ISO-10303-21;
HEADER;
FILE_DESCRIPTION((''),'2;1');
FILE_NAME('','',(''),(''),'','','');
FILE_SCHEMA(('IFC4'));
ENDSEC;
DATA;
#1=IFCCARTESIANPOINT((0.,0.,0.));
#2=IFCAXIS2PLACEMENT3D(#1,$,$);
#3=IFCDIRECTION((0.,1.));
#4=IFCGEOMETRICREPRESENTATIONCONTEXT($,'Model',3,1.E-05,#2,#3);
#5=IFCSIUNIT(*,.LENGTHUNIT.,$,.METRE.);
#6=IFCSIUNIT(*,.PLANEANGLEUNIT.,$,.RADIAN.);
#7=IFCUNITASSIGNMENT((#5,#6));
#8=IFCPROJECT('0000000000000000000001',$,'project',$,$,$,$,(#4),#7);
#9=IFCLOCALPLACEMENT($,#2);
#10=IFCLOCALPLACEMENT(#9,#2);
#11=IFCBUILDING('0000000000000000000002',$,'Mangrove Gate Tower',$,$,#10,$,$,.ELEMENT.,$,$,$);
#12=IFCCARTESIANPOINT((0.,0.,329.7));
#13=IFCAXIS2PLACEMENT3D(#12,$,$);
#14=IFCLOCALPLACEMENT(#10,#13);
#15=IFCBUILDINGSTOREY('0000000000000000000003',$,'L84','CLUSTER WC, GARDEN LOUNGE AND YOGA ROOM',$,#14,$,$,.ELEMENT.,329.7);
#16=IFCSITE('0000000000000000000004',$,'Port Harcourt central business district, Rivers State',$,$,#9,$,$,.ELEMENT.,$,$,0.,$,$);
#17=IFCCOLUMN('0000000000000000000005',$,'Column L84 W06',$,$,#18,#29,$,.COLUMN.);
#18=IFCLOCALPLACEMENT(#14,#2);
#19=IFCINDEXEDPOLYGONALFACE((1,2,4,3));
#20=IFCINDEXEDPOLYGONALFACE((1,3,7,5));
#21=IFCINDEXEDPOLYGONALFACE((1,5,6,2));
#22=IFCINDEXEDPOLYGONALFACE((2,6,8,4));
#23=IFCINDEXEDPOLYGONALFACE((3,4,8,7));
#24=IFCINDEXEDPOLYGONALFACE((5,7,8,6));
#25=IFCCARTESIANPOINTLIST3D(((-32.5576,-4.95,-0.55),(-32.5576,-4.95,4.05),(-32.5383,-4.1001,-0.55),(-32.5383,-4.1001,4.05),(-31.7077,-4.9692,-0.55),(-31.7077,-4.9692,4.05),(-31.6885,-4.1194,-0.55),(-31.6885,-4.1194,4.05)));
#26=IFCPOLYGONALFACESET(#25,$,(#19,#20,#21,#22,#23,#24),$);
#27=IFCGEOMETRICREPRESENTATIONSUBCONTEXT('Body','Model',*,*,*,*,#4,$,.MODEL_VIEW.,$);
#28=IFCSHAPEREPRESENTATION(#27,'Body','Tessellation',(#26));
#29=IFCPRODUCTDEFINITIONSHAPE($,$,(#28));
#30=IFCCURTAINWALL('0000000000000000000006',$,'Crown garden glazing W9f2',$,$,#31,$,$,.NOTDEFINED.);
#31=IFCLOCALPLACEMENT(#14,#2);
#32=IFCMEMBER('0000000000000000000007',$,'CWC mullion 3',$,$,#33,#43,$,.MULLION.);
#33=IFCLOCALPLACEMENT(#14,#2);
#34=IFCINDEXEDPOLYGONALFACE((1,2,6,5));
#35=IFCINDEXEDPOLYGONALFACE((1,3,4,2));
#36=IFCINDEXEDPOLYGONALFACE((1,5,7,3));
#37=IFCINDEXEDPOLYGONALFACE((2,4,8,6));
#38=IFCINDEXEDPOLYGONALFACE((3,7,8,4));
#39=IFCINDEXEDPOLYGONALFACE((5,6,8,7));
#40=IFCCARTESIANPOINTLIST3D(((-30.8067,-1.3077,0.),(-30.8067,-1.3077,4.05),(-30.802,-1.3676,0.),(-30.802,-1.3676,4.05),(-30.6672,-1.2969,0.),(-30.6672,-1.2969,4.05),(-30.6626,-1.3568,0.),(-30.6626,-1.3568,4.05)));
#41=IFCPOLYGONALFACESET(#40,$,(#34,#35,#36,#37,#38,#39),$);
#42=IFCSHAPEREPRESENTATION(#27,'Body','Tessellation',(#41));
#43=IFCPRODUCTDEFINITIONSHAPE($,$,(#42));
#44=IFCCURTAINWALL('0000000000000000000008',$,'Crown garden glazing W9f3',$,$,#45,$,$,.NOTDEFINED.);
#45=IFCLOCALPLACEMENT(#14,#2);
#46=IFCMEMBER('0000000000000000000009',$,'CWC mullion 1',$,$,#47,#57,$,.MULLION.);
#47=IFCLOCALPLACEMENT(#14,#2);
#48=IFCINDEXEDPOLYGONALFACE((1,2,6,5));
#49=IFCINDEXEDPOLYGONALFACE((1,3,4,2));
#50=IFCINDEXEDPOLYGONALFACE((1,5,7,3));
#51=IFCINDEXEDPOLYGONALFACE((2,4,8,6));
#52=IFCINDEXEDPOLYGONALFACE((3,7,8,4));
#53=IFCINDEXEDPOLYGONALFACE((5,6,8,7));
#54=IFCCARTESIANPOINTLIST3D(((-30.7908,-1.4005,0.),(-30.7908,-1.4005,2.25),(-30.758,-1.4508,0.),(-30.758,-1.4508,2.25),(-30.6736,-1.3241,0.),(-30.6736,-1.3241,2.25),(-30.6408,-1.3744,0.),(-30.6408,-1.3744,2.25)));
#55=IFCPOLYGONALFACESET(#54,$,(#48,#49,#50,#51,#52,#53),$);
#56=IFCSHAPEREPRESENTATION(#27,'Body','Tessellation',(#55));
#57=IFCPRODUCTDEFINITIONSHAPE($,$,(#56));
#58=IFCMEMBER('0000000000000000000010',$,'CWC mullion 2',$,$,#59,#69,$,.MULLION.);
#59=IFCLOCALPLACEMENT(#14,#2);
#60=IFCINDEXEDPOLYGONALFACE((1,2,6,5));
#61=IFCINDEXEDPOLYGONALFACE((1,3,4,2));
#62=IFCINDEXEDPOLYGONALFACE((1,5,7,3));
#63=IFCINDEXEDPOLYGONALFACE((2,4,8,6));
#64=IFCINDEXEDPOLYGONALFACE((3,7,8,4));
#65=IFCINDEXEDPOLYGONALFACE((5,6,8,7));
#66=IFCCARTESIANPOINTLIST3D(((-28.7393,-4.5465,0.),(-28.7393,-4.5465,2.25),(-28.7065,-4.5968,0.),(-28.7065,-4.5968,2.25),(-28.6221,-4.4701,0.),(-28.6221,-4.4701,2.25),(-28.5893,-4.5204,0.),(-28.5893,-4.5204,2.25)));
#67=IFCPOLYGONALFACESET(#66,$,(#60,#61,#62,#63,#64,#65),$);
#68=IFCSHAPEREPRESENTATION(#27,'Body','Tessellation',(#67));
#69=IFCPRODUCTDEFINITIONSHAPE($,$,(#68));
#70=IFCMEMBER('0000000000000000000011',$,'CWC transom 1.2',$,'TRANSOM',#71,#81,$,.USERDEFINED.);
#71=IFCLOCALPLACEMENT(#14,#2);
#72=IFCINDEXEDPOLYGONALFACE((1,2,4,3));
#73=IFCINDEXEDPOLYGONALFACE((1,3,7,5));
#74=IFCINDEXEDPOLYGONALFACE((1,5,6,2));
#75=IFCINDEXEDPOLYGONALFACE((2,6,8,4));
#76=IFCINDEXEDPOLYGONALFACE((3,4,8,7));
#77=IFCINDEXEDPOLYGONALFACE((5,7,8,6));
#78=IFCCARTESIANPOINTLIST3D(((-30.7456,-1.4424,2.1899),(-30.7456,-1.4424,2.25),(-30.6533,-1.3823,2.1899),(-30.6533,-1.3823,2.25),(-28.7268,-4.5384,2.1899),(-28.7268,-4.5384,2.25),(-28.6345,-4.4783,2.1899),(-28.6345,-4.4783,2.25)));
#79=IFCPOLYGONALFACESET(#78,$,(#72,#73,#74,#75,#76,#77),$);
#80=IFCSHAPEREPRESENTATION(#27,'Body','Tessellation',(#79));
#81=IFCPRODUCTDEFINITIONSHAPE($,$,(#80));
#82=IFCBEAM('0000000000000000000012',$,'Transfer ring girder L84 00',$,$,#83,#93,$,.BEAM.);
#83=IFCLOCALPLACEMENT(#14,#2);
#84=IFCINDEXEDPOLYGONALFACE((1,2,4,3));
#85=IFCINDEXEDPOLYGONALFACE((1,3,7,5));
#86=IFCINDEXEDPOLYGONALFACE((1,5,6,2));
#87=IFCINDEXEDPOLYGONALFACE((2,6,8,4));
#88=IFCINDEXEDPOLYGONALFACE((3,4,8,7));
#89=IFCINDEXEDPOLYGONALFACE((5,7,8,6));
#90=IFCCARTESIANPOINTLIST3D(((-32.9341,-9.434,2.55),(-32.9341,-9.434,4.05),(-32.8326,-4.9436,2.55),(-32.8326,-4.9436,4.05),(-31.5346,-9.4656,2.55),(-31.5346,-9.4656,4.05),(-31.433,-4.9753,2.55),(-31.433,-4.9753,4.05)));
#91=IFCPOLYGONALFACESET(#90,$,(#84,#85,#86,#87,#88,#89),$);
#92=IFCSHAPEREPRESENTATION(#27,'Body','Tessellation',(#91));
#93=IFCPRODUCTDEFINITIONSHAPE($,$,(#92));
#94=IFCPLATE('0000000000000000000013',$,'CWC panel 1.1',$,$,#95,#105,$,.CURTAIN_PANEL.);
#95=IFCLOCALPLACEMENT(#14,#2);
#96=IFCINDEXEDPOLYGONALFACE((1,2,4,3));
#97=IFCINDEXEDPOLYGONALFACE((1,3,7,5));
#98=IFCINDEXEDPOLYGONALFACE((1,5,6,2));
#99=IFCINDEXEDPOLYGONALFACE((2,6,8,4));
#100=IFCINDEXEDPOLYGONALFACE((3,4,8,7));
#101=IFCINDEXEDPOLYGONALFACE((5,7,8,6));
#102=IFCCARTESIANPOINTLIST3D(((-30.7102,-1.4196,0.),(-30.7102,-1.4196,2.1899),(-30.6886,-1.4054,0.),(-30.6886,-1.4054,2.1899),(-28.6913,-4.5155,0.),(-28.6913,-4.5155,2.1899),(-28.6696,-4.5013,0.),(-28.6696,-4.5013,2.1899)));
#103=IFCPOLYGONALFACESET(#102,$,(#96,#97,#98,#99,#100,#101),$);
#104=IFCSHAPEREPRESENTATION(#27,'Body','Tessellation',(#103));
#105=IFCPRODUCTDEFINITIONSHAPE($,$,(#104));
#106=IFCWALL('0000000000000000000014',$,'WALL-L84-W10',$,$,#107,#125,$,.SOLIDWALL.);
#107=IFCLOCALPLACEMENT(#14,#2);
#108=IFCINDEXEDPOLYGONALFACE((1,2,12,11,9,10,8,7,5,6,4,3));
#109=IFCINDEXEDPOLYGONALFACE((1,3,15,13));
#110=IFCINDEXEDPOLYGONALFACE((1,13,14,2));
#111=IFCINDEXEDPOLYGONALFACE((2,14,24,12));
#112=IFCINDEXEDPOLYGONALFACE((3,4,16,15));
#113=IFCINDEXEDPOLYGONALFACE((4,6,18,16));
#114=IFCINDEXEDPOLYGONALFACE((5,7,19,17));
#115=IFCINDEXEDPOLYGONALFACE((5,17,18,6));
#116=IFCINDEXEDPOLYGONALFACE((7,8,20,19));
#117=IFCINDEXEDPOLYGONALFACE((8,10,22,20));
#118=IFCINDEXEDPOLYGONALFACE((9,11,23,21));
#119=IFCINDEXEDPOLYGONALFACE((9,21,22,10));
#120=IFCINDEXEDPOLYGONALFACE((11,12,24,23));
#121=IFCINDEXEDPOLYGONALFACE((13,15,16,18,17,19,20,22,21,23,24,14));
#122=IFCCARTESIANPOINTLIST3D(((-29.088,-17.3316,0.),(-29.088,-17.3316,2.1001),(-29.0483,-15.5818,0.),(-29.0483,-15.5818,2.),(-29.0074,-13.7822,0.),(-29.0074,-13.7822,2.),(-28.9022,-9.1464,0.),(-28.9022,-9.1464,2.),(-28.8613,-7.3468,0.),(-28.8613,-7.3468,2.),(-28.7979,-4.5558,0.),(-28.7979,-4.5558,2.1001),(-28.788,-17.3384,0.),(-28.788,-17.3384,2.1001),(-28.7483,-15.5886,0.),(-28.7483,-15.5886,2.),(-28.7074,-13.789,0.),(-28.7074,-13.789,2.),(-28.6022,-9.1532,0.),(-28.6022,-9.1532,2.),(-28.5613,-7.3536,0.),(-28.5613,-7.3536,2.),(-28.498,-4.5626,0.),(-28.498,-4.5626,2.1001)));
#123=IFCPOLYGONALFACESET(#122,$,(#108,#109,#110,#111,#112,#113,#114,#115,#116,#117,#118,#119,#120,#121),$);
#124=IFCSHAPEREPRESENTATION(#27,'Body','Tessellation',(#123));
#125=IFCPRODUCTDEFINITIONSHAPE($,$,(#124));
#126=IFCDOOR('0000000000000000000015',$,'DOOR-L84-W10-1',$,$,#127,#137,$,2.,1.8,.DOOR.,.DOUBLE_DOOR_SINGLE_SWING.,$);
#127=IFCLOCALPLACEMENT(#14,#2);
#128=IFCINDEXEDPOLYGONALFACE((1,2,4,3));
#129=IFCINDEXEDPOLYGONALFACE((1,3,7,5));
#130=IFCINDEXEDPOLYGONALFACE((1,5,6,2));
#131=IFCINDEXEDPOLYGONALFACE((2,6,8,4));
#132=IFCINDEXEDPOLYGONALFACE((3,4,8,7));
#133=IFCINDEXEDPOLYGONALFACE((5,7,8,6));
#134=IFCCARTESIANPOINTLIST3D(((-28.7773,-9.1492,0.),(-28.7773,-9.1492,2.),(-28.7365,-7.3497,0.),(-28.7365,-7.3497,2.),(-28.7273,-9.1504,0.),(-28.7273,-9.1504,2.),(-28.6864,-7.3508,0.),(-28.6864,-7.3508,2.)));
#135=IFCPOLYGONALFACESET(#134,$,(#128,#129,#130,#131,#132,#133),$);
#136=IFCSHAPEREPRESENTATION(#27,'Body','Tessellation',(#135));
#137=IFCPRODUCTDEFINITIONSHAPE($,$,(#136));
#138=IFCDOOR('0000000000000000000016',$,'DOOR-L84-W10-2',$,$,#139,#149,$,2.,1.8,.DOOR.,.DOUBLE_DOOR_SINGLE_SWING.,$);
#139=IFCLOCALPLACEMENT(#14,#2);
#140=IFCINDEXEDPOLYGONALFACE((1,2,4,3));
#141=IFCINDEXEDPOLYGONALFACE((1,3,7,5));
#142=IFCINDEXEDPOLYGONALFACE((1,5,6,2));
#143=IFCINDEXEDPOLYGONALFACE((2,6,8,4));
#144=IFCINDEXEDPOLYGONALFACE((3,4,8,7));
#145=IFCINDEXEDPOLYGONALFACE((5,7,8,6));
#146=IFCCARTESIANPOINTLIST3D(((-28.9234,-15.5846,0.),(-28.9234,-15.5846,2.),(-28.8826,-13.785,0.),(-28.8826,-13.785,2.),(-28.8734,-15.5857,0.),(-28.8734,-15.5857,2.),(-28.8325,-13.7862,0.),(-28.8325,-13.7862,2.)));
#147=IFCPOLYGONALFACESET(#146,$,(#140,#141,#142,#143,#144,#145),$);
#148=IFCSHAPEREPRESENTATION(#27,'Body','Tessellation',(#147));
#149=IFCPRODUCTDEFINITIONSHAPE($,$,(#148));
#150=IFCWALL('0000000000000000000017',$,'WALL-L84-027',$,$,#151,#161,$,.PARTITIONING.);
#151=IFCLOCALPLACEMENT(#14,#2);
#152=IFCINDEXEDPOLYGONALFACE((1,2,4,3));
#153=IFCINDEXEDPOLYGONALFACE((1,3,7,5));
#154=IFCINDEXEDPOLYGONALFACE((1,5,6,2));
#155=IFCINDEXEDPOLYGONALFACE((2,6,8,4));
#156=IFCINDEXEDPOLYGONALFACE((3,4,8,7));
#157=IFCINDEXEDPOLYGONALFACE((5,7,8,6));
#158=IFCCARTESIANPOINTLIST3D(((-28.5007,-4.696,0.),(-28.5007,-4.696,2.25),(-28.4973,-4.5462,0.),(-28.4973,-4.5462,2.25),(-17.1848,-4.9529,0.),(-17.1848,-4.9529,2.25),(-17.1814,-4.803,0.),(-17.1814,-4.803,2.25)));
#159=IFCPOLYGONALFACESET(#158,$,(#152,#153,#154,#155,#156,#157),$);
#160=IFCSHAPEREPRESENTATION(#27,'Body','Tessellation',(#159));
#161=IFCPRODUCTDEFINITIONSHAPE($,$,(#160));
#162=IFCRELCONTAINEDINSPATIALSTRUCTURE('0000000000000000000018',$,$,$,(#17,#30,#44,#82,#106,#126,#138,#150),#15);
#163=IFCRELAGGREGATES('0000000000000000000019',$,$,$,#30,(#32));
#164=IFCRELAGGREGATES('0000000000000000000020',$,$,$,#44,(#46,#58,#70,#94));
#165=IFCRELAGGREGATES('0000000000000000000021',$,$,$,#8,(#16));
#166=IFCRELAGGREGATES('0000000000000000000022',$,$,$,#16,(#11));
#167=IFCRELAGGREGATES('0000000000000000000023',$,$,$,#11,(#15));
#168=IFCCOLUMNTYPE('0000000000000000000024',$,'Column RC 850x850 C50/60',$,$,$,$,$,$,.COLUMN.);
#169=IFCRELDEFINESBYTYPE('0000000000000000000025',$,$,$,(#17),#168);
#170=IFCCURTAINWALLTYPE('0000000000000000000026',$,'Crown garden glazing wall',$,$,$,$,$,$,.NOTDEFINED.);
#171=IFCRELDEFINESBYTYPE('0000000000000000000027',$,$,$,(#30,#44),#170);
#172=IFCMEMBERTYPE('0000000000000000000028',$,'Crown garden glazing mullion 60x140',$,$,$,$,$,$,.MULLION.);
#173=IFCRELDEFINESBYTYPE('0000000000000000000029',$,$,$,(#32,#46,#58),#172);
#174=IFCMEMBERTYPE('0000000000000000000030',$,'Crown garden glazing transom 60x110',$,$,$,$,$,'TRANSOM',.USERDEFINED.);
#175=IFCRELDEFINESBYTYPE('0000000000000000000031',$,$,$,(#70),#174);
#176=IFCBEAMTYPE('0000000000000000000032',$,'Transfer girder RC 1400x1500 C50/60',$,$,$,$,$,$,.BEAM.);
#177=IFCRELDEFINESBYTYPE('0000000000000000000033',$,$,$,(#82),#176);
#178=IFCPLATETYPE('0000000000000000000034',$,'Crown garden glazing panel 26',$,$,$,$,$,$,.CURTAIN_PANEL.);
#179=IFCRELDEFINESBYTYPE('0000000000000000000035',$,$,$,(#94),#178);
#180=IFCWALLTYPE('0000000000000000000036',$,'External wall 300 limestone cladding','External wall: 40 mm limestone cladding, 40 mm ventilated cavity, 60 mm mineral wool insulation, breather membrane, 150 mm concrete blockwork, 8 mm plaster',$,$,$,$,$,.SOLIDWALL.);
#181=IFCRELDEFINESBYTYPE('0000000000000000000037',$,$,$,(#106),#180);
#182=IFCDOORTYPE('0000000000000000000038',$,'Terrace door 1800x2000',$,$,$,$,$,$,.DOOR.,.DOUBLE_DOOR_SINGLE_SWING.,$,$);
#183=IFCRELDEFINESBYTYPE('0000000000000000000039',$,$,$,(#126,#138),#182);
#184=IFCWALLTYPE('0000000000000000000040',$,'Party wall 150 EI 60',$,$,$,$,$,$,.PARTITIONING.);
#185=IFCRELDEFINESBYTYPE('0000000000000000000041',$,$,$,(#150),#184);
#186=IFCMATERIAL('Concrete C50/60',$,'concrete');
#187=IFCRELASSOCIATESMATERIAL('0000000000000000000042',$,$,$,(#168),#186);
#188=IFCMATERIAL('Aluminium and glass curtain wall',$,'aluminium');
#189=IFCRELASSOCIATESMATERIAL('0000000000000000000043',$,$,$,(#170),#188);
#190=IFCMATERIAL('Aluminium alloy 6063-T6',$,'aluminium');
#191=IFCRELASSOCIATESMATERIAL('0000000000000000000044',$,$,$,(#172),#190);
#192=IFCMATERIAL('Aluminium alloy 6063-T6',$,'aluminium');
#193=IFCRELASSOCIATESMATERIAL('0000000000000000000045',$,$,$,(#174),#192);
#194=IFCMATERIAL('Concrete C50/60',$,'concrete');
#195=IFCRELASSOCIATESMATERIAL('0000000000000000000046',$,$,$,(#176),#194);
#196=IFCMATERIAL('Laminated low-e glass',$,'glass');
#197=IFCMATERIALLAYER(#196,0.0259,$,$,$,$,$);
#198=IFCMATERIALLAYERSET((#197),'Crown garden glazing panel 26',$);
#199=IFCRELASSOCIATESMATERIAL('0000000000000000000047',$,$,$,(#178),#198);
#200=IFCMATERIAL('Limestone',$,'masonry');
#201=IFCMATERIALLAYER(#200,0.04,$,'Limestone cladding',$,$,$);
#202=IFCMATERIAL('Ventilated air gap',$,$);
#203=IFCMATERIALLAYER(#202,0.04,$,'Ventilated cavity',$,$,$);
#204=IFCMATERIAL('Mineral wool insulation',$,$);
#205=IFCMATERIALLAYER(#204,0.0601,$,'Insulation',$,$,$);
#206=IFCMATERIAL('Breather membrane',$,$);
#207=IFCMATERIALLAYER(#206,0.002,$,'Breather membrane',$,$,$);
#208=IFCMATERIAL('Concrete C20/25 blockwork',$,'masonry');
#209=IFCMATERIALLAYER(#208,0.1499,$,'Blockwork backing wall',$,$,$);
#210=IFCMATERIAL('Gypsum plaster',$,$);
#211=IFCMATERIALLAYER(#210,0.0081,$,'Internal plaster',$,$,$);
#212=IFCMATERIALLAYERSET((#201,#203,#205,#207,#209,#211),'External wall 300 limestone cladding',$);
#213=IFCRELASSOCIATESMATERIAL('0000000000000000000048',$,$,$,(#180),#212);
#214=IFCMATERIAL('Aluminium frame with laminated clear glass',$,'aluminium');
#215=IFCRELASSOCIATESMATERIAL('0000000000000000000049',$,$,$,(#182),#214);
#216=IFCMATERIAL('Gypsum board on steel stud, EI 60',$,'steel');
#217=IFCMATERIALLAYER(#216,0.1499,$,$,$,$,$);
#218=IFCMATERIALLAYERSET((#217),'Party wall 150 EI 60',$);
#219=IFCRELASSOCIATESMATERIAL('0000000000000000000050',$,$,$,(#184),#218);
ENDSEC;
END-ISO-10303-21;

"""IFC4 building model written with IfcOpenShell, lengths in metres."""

from ifc_helpers import new_model, si_unit, direction, frame, frame_2d, origin, origin_2d, place, context, subcontext, project, spatial, rectangle, extrude, material, layer, layer_set, material_profile, profile_set, type_object, element, fill, aggregate, save


model = new_model("IFC4")

# Units and contexts
model_context = context("Model", 3, precision=1e-05, world=origin(), true_north=direction((0.0, 1.0)))
body_context = subcontext(model_context, "Body", "Model", "MODEL_VIEW")
ifc_project = project(units=[si_unit("LENGTHUNIT", "METRE"), si_unit("PLANEANGLEUNIT", "RADIAN")], contexts=[model_context])

# Site, building, storey
site_placement = place(None, origin())
site = spatial("IfcSite", under=ifc_project, at=site_placement, Name="Port Harcourt central business district, Rivers State", CompositionType="ELEMENT", RefElevation=0.0)
building_placement = place(site_placement, origin())
building = spatial("IfcBuilding", under=site, at=building_placement, Name="Mangrove Gate Tower", CompositionType="ELEMENT")
storey_placement = place(building_placement, frame((0.0, 0.0, 329.7)))
storey = spatial("IfcBuildingStorey", under=building, at=storey_placement, Name="L84", Description="CLUSTER WC, GARDEN LOUNGE AND YOGA ROOM", CompositionType="ELEMENT", Elevation=329.7)

# Column
ifc_material_1 = material(Name="Concrete C50/60", Category="concrete")
ifc_material_profile_1 = material_profile(ifc_material_1, rectangle(XDim=0.8501, YDim=0.8501, at=origin_2d()))
ifc_profile_set_1 = profile_set([ifc_material_profile_1], Name="Concrete C50/60")
column_type = type_object("IfcColumnType", Name="Column RC 850x850 C50/60", PredefinedType="COLUMN", material=ifc_profile_set_1)
column_placement = place(storey_placement, frame((-32.123, -4.5347, -0.55), z_axis=(0.0, 0.0, 1.0), x_axis=(-0.02268, -0.999743, 0.0)))
element("IfcColumn", 1, at=column_placement, inside=storey, type_object=column_type, Name="Column L84 W06", PredefinedType="COLUMN", context=body_context, shape_type="SweptSolid", body=[
    extrude(rectangle(XDim=0.8501, YDim=0.8501, at=origin_2d()), origin(), (0.0, 0.0, 1.0), 4.6001),
])

# Curtain wall, member
ifc_material_2 = material(Name="Aluminium and glass curtain wall", Category="aluminium")
curtain_wall_type = type_object("IfcCurtainWallType", Name="Crown garden glazing wall", PredefinedType="NOTDEFINED", material=ifc_material_2)
curtain_wall_1_placement = place(storey_placement, origin())
curtain_wall_1 = element("IfcCurtainWall", 2, at=curtain_wall_1_placement, inside=storey, type_object=curtain_wall_type, Name="Crown garden glazing W9f2", PredefinedType="NOTDEFINED")
ifc_material_3 = material(Name="Aluminium alloy 6063-T6", Category="aluminium")
ifc_material_profile_2 = material_profile(ifc_material_3, rectangle(XDim=0.0601, YDim=0.1399, at=origin_2d()))
ifc_profile_set_2 = profile_set([ifc_material_profile_2], Name="Aluminium alloy 6063-T6")
member_type_1 = type_object("IfcMemberType", Name="Crown garden glazing mullion 60x140", PredefinedType="MULLION", material=ifc_profile_set_2)
member_1_placement = place(storey_placement, frame((-30.7346, -1.3323, 0.0), z_axis=(0.0, 0.0, 1.0), x_axis=(0.077023, -0.997029, 0.0)))
member_1 = element("IfcMember", 3, at=member_1_placement, type_object=member_type_1, Name="CWC mullion 3", PredefinedType="MULLION", context=body_context, shape_type="SweptSolid", body=[
    extrude(rectangle(XDim=0.0601, YDim=0.1399, at=origin_2d()), origin(), (0.0, 0.0, 1.0), 4.05),
])
aggregate(curtain_wall_1, [member_1])

# Curtain wall, members
curtain_wall_2_placement = place(storey_placement, origin())
curtain_wall_2 = element("IfcCurtainWall", 4, at=curtain_wall_2_placement, inside=storey, type_object=curtain_wall_type, Name="Crown garden glazing W9f3", PredefinedType="NOTDEFINED")
member_2_placement = place(storey_placement, frame((-30.7158, -1.3875, 0.0), z_axis=(0.0, 0.0, 1.0), x_axis=(0.546235, -0.837632, 0.0)))
member_2 = element("IfcMember", 5, at=member_2_placement, type_object=member_type_1, Name="CWC mullion 1", PredefinedType="MULLION", context=body_context, shape_type="SweptSolid", body=[
    extrude(rectangle(XDim=0.0601, YDim=0.1399, at=origin_2d()), origin(), (0.0, 0.0, 1.0), 2.25),
])
member_3_placement = place(storey_placement, frame((-28.6643, -4.5334, 0.0), z_axis=(0.0, 0.0, 1.0), x_axis=(0.546235, -0.837632, 0.0)))
member_3 = element("IfcMember", 6, at=member_3_placement, type_object=member_type_1, Name="CWC mullion 2", PredefinedType="MULLION", context=body_context, shape_type="SweptSolid", body=[
    extrude(rectangle(XDim=0.0601, YDim=0.1399, at=origin_2d()), origin(), (0.0, 0.0, 1.0), 2.25),
])
ifc_material_4 = material(Name="Aluminium alloy 6063-T6", Category="aluminium")
ifc_material_profile_3 = material_profile(ifc_material_4, rectangle(XDim=0.0601, YDim=0.1101, at=origin_2d()))
ifc_profile_set_3 = profile_set([ifc_material_profile_3], Name="Aluminium alloy 6063-T6")
member_type_2 = type_object("IfcMemberType", Name="Crown garden glazing transom 60x110", ElementType="TRANSOM", PredefinedType="USERDEFINED", material=ifc_profile_set_3)
member_4_placement = place(storey_placement, frame((-30.6995, -1.4124, 2.22), z_axis=(0.546211, -0.837647, 0.0), x_axis=(0.0, 0.0, 1.0)))
member_4 = element("IfcMember", 7, at=member_4_placement, type_object=member_type_2, Name="CWC transom 1.2", ObjectType="TRANSOM", PredefinedType="USERDEFINED", context=body_context, shape_type="SweptSolid", body=[
    extrude(rectangle(XDim=0.0601, YDim=0.1101, at=origin_2d()), origin(), (0.0, 0.0, 1.0), 3.696),
])

# Beam
ifc_material_5 = material(Name="Concrete C50/60", Category="concrete")
ifc_material_profile_4 = material_profile(ifc_material_5, rectangle(XDim=1.3999, YDim=1.5, at=origin_2d()))
ifc_profile_set_4 = profile_set([ifc_material_profile_4], Name="Concrete C50/60")
beam_type = type_object("IfcBeamType", Name="Transfer girder RC 1400x1500 C50/60", PredefinedType="BEAM", material=ifc_profile_set_4)
beam_placement = place(storey_placement, frame((-32.1328, -4.9595, 3.3), z_axis=(-0.022613, -0.999744, 0.0), x_axis=(0.999744, -0.022613, 0.0)))
element("IfcBeam", 8, at=beam_placement, inside=storey, type_object=beam_type, Name="Transfer ring girder L84 00", PredefinedType="BEAM", context=body_context, shape_type="SweptSolid", body=[
    extrude(rectangle(XDim=1.3999, YDim=1.5, at=origin_2d()), origin(), (0.0, 0.0, 1.0), 4.4915),
])

# Plate
ifc_material_6 = material(Name="Laminated low-e glass", Category="glass")
ifc_layer_1 = layer(ifc_material_6, 0.0259)
ifc_layer_set_1 = layer_set([ifc_layer_1], Name="Crown garden glazing panel 26")
plate_type = type_object("IfcPlateType", Name="Crown garden glazing panel 26", PredefinedType="CURTAIN_PANEL", material=ifc_layer_set_1)
plate_placement = place(storey_placement, frame((-29.6899, -2.9604, 0.0), z_axis=(0.0, 0.0, 1.0), x_axis=(0.546235, -0.837632, 0.0)))
plate = element("IfcPlate", 9, at=plate_placement, type_object=plate_type, Name="CWC panel 1.1", PredefinedType="CURTAIN_PANEL", context=body_context, shape_type="SweptSolid", body=[
    extrude(rectangle(XDim=3.696, YDim=0.0259, at=origin_2d()), origin(), (0.0, 0.0, 1.0), 2.1899),
])
aggregate(curtain_wall_2, [member_2, member_3, member_4, plate])

# Wall, openings, doors
ifc_material_7 = material(Name="Limestone", Category="masonry")
ifc_layer_2 = layer(ifc_material_7, 0.04, Name="Limestone cladding")
ifc_material_8 = material(Name="Ventilated air gap")
ifc_layer_3 = layer(ifc_material_8, 0.04, Name="Ventilated cavity")
ifc_material_9 = material(Name="Mineral wool insulation")
ifc_layer_4 = layer(ifc_material_9, 0.0601, Name="Insulation")
ifc_material_10 = material(Name="Breather membrane")
ifc_layer_5 = layer(ifc_material_10, 0.002, Name="Breather membrane")
ifc_material_11 = material(Name="Concrete C20/25 blockwork", Category="masonry")
ifc_layer_6 = layer(ifc_material_11, 0.1499, Name="Blockwork backing wall")
ifc_material_12 = material(Name="Gypsum plaster")
ifc_layer_7 = layer(ifc_material_12, 0.0081, Name="Internal plaster")
ifc_layer_set_2 = layer_set([ifc_layer_2, ifc_layer_3, ifc_layer_4, ifc_layer_5, ifc_layer_6, ifc_layer_7], Name="External wall 300 limestone cladding")
wall_type_1 = type_object("IfcWallType", Name="External wall 300 limestone cladding", Description="External wall: 40 mm limestone cladding, 40 mm ventilated cavity, 60 mm mineral wool insulation, breather membrane, 150 mm concrete blockwork, 8 mm plaster", PredefinedType="SOLIDWALL", material=ifc_layer_set_2)
wall_1_placement = place(storey_placement, frame((-28.6479, -4.5591, 0.0), z_axis=(0.0, 0.0, 1.0), x_axis=(-0.022696, -0.999742, 0.0)))
wall_1 = element("IfcWall", 10, at=wall_1_placement, inside=storey, type_object=wall_type_1, Name="WALL-L84-W10", PredefinedType="SOLIDWALL", context=body_context, shape_type="SweptSolid", body=[
    extrude(rectangle(XDim=12.7791, YDim=0.3, at=frame_2d((6.3896, 0.0))), origin(), (0.0, 0.0, 1.0), 2.1001),
])
opening_1_placement = place(wall_1_placement, frame((2.792, 0.0, 0.0)))
opening_1 = element("IfcOpeningElement", 11, at=opening_1_placement, cuts=wall_1, PredefinedType="OPENING", context=body_context, shape_type="SweptSolid", body=[
    extrude(rectangle(XDim=1.8, YDim=2.0, at=frame_2d((0.8999, 1.0))), frame((0.0, 0.1599, 0.0), z_axis=(0.0, -1.0, 0.0), x_axis=(1.0, 0.0, 0.0)), (0.0, 0.0, 1.0), 0.3201),
])
opening_2_placement = place(wall_1_placement, frame((9.229, 0.0, 0.0)))
opening_2 = element("IfcOpeningElement", 12, at=opening_2_placement, cuts=wall_1, PredefinedType="OPENING", context=body_context, shape_type="SweptSolid", body=[
    extrude(rectangle(XDim=1.8, YDim=2.0, at=frame_2d((0.8999, 1.0))), frame((0.0, 0.1599, 0.0), z_axis=(0.0, -1.0, 0.0), x_axis=(1.0, 0.0, 0.0)), (0.0, 0.0, 1.0), 0.3201),
])
ifc_material_13 = material(Name="Aluminium frame with laminated clear glass", Category="aluminium")
door_type = type_object("IfcDoorType", Name="Terrace door 1800x2000", OperationType="DOUBLE_DOOR_SINGLE_SWING", PredefinedType="DOOR", material=ifc_material_13)
door_1_placement = place(opening_1_placement, origin())
door_1 = element("IfcDoor", 13, at=door_1_placement, inside=storey, type_object=door_type, Name="DOOR-L84-W10-1", OperationType="DOUBLE_DOOR_SINGLE_SWING", OverallHeight=2.0, OverallWidth=1.8, PredefinedType="DOOR", context=body_context, shape_type="SweptSolid", body=[
    extrude(rectangle(XDim=1.8, YDim=2.0, at=frame_2d((0.8999, 1.0))), frame((0.0, 0.0249, 0.0), z_axis=(0.0, -1.0, 0.0), x_axis=(1.0, 0.0, 0.0)), (0.0, 0.0, 1.0), 0.05),
])
fill(opening_1, door_1)
door_2_placement = place(opening_2_placement, origin())
door_2 = element("IfcDoor", 14, at=door_2_placement, inside=storey, type_object=door_type, Name="DOOR-L84-W10-2", OperationType="DOUBLE_DOOR_SINGLE_SWING", OverallHeight=2.0, OverallWidth=1.8, PredefinedType="DOOR", context=body_context, shape_type="SweptSolid", body=[
    extrude(rectangle(XDim=1.8, YDim=2.0, at=frame_2d((0.8999, 1.0))), frame((0.0, 0.0249, 0.0), z_axis=(0.0, -1.0, 0.0), x_axis=(1.0, 0.0, 0.0)), (0.0, 0.0, 1.0), 0.05),
])
fill(opening_2, door_2)

# Wall
ifc_material_14 = material(Name="Gypsum board on steel stud, EI 60", Category="steel")
ifc_layer_8 = layer(ifc_material_14, 0.1499)
ifc_layer_set_3 = layer_set([ifc_layer_8], Name="Party wall 150 EI 60")
wall_type_2 = type_object("IfcWallType", Name="Party wall 150 EI 60", PredefinedType="PARTITIONING", material=ifc_layer_set_3)
wall_2_placement = place(storey_placement, frame((-28.499, -4.6211, 0.0), z_axis=(0.0, 0.0, 1.0), x_axis=(0.999743, -0.022691, 0.0)))
element("IfcWall", 15, at=wall_2_placement, inside=storey, type_object=wall_type_2, Name="WALL-L84-027", PredefinedType="PARTITIONING", context=body_context, shape_type="SweptSolid", body=[
    extrude(rectangle(XDim=11.3188, YDim=0.1499, at=frame_2d((5.6594, 0.0))), origin(), (0.0, 0.0, 1.0), 2.25),
])

save(model, "model.ifc")
